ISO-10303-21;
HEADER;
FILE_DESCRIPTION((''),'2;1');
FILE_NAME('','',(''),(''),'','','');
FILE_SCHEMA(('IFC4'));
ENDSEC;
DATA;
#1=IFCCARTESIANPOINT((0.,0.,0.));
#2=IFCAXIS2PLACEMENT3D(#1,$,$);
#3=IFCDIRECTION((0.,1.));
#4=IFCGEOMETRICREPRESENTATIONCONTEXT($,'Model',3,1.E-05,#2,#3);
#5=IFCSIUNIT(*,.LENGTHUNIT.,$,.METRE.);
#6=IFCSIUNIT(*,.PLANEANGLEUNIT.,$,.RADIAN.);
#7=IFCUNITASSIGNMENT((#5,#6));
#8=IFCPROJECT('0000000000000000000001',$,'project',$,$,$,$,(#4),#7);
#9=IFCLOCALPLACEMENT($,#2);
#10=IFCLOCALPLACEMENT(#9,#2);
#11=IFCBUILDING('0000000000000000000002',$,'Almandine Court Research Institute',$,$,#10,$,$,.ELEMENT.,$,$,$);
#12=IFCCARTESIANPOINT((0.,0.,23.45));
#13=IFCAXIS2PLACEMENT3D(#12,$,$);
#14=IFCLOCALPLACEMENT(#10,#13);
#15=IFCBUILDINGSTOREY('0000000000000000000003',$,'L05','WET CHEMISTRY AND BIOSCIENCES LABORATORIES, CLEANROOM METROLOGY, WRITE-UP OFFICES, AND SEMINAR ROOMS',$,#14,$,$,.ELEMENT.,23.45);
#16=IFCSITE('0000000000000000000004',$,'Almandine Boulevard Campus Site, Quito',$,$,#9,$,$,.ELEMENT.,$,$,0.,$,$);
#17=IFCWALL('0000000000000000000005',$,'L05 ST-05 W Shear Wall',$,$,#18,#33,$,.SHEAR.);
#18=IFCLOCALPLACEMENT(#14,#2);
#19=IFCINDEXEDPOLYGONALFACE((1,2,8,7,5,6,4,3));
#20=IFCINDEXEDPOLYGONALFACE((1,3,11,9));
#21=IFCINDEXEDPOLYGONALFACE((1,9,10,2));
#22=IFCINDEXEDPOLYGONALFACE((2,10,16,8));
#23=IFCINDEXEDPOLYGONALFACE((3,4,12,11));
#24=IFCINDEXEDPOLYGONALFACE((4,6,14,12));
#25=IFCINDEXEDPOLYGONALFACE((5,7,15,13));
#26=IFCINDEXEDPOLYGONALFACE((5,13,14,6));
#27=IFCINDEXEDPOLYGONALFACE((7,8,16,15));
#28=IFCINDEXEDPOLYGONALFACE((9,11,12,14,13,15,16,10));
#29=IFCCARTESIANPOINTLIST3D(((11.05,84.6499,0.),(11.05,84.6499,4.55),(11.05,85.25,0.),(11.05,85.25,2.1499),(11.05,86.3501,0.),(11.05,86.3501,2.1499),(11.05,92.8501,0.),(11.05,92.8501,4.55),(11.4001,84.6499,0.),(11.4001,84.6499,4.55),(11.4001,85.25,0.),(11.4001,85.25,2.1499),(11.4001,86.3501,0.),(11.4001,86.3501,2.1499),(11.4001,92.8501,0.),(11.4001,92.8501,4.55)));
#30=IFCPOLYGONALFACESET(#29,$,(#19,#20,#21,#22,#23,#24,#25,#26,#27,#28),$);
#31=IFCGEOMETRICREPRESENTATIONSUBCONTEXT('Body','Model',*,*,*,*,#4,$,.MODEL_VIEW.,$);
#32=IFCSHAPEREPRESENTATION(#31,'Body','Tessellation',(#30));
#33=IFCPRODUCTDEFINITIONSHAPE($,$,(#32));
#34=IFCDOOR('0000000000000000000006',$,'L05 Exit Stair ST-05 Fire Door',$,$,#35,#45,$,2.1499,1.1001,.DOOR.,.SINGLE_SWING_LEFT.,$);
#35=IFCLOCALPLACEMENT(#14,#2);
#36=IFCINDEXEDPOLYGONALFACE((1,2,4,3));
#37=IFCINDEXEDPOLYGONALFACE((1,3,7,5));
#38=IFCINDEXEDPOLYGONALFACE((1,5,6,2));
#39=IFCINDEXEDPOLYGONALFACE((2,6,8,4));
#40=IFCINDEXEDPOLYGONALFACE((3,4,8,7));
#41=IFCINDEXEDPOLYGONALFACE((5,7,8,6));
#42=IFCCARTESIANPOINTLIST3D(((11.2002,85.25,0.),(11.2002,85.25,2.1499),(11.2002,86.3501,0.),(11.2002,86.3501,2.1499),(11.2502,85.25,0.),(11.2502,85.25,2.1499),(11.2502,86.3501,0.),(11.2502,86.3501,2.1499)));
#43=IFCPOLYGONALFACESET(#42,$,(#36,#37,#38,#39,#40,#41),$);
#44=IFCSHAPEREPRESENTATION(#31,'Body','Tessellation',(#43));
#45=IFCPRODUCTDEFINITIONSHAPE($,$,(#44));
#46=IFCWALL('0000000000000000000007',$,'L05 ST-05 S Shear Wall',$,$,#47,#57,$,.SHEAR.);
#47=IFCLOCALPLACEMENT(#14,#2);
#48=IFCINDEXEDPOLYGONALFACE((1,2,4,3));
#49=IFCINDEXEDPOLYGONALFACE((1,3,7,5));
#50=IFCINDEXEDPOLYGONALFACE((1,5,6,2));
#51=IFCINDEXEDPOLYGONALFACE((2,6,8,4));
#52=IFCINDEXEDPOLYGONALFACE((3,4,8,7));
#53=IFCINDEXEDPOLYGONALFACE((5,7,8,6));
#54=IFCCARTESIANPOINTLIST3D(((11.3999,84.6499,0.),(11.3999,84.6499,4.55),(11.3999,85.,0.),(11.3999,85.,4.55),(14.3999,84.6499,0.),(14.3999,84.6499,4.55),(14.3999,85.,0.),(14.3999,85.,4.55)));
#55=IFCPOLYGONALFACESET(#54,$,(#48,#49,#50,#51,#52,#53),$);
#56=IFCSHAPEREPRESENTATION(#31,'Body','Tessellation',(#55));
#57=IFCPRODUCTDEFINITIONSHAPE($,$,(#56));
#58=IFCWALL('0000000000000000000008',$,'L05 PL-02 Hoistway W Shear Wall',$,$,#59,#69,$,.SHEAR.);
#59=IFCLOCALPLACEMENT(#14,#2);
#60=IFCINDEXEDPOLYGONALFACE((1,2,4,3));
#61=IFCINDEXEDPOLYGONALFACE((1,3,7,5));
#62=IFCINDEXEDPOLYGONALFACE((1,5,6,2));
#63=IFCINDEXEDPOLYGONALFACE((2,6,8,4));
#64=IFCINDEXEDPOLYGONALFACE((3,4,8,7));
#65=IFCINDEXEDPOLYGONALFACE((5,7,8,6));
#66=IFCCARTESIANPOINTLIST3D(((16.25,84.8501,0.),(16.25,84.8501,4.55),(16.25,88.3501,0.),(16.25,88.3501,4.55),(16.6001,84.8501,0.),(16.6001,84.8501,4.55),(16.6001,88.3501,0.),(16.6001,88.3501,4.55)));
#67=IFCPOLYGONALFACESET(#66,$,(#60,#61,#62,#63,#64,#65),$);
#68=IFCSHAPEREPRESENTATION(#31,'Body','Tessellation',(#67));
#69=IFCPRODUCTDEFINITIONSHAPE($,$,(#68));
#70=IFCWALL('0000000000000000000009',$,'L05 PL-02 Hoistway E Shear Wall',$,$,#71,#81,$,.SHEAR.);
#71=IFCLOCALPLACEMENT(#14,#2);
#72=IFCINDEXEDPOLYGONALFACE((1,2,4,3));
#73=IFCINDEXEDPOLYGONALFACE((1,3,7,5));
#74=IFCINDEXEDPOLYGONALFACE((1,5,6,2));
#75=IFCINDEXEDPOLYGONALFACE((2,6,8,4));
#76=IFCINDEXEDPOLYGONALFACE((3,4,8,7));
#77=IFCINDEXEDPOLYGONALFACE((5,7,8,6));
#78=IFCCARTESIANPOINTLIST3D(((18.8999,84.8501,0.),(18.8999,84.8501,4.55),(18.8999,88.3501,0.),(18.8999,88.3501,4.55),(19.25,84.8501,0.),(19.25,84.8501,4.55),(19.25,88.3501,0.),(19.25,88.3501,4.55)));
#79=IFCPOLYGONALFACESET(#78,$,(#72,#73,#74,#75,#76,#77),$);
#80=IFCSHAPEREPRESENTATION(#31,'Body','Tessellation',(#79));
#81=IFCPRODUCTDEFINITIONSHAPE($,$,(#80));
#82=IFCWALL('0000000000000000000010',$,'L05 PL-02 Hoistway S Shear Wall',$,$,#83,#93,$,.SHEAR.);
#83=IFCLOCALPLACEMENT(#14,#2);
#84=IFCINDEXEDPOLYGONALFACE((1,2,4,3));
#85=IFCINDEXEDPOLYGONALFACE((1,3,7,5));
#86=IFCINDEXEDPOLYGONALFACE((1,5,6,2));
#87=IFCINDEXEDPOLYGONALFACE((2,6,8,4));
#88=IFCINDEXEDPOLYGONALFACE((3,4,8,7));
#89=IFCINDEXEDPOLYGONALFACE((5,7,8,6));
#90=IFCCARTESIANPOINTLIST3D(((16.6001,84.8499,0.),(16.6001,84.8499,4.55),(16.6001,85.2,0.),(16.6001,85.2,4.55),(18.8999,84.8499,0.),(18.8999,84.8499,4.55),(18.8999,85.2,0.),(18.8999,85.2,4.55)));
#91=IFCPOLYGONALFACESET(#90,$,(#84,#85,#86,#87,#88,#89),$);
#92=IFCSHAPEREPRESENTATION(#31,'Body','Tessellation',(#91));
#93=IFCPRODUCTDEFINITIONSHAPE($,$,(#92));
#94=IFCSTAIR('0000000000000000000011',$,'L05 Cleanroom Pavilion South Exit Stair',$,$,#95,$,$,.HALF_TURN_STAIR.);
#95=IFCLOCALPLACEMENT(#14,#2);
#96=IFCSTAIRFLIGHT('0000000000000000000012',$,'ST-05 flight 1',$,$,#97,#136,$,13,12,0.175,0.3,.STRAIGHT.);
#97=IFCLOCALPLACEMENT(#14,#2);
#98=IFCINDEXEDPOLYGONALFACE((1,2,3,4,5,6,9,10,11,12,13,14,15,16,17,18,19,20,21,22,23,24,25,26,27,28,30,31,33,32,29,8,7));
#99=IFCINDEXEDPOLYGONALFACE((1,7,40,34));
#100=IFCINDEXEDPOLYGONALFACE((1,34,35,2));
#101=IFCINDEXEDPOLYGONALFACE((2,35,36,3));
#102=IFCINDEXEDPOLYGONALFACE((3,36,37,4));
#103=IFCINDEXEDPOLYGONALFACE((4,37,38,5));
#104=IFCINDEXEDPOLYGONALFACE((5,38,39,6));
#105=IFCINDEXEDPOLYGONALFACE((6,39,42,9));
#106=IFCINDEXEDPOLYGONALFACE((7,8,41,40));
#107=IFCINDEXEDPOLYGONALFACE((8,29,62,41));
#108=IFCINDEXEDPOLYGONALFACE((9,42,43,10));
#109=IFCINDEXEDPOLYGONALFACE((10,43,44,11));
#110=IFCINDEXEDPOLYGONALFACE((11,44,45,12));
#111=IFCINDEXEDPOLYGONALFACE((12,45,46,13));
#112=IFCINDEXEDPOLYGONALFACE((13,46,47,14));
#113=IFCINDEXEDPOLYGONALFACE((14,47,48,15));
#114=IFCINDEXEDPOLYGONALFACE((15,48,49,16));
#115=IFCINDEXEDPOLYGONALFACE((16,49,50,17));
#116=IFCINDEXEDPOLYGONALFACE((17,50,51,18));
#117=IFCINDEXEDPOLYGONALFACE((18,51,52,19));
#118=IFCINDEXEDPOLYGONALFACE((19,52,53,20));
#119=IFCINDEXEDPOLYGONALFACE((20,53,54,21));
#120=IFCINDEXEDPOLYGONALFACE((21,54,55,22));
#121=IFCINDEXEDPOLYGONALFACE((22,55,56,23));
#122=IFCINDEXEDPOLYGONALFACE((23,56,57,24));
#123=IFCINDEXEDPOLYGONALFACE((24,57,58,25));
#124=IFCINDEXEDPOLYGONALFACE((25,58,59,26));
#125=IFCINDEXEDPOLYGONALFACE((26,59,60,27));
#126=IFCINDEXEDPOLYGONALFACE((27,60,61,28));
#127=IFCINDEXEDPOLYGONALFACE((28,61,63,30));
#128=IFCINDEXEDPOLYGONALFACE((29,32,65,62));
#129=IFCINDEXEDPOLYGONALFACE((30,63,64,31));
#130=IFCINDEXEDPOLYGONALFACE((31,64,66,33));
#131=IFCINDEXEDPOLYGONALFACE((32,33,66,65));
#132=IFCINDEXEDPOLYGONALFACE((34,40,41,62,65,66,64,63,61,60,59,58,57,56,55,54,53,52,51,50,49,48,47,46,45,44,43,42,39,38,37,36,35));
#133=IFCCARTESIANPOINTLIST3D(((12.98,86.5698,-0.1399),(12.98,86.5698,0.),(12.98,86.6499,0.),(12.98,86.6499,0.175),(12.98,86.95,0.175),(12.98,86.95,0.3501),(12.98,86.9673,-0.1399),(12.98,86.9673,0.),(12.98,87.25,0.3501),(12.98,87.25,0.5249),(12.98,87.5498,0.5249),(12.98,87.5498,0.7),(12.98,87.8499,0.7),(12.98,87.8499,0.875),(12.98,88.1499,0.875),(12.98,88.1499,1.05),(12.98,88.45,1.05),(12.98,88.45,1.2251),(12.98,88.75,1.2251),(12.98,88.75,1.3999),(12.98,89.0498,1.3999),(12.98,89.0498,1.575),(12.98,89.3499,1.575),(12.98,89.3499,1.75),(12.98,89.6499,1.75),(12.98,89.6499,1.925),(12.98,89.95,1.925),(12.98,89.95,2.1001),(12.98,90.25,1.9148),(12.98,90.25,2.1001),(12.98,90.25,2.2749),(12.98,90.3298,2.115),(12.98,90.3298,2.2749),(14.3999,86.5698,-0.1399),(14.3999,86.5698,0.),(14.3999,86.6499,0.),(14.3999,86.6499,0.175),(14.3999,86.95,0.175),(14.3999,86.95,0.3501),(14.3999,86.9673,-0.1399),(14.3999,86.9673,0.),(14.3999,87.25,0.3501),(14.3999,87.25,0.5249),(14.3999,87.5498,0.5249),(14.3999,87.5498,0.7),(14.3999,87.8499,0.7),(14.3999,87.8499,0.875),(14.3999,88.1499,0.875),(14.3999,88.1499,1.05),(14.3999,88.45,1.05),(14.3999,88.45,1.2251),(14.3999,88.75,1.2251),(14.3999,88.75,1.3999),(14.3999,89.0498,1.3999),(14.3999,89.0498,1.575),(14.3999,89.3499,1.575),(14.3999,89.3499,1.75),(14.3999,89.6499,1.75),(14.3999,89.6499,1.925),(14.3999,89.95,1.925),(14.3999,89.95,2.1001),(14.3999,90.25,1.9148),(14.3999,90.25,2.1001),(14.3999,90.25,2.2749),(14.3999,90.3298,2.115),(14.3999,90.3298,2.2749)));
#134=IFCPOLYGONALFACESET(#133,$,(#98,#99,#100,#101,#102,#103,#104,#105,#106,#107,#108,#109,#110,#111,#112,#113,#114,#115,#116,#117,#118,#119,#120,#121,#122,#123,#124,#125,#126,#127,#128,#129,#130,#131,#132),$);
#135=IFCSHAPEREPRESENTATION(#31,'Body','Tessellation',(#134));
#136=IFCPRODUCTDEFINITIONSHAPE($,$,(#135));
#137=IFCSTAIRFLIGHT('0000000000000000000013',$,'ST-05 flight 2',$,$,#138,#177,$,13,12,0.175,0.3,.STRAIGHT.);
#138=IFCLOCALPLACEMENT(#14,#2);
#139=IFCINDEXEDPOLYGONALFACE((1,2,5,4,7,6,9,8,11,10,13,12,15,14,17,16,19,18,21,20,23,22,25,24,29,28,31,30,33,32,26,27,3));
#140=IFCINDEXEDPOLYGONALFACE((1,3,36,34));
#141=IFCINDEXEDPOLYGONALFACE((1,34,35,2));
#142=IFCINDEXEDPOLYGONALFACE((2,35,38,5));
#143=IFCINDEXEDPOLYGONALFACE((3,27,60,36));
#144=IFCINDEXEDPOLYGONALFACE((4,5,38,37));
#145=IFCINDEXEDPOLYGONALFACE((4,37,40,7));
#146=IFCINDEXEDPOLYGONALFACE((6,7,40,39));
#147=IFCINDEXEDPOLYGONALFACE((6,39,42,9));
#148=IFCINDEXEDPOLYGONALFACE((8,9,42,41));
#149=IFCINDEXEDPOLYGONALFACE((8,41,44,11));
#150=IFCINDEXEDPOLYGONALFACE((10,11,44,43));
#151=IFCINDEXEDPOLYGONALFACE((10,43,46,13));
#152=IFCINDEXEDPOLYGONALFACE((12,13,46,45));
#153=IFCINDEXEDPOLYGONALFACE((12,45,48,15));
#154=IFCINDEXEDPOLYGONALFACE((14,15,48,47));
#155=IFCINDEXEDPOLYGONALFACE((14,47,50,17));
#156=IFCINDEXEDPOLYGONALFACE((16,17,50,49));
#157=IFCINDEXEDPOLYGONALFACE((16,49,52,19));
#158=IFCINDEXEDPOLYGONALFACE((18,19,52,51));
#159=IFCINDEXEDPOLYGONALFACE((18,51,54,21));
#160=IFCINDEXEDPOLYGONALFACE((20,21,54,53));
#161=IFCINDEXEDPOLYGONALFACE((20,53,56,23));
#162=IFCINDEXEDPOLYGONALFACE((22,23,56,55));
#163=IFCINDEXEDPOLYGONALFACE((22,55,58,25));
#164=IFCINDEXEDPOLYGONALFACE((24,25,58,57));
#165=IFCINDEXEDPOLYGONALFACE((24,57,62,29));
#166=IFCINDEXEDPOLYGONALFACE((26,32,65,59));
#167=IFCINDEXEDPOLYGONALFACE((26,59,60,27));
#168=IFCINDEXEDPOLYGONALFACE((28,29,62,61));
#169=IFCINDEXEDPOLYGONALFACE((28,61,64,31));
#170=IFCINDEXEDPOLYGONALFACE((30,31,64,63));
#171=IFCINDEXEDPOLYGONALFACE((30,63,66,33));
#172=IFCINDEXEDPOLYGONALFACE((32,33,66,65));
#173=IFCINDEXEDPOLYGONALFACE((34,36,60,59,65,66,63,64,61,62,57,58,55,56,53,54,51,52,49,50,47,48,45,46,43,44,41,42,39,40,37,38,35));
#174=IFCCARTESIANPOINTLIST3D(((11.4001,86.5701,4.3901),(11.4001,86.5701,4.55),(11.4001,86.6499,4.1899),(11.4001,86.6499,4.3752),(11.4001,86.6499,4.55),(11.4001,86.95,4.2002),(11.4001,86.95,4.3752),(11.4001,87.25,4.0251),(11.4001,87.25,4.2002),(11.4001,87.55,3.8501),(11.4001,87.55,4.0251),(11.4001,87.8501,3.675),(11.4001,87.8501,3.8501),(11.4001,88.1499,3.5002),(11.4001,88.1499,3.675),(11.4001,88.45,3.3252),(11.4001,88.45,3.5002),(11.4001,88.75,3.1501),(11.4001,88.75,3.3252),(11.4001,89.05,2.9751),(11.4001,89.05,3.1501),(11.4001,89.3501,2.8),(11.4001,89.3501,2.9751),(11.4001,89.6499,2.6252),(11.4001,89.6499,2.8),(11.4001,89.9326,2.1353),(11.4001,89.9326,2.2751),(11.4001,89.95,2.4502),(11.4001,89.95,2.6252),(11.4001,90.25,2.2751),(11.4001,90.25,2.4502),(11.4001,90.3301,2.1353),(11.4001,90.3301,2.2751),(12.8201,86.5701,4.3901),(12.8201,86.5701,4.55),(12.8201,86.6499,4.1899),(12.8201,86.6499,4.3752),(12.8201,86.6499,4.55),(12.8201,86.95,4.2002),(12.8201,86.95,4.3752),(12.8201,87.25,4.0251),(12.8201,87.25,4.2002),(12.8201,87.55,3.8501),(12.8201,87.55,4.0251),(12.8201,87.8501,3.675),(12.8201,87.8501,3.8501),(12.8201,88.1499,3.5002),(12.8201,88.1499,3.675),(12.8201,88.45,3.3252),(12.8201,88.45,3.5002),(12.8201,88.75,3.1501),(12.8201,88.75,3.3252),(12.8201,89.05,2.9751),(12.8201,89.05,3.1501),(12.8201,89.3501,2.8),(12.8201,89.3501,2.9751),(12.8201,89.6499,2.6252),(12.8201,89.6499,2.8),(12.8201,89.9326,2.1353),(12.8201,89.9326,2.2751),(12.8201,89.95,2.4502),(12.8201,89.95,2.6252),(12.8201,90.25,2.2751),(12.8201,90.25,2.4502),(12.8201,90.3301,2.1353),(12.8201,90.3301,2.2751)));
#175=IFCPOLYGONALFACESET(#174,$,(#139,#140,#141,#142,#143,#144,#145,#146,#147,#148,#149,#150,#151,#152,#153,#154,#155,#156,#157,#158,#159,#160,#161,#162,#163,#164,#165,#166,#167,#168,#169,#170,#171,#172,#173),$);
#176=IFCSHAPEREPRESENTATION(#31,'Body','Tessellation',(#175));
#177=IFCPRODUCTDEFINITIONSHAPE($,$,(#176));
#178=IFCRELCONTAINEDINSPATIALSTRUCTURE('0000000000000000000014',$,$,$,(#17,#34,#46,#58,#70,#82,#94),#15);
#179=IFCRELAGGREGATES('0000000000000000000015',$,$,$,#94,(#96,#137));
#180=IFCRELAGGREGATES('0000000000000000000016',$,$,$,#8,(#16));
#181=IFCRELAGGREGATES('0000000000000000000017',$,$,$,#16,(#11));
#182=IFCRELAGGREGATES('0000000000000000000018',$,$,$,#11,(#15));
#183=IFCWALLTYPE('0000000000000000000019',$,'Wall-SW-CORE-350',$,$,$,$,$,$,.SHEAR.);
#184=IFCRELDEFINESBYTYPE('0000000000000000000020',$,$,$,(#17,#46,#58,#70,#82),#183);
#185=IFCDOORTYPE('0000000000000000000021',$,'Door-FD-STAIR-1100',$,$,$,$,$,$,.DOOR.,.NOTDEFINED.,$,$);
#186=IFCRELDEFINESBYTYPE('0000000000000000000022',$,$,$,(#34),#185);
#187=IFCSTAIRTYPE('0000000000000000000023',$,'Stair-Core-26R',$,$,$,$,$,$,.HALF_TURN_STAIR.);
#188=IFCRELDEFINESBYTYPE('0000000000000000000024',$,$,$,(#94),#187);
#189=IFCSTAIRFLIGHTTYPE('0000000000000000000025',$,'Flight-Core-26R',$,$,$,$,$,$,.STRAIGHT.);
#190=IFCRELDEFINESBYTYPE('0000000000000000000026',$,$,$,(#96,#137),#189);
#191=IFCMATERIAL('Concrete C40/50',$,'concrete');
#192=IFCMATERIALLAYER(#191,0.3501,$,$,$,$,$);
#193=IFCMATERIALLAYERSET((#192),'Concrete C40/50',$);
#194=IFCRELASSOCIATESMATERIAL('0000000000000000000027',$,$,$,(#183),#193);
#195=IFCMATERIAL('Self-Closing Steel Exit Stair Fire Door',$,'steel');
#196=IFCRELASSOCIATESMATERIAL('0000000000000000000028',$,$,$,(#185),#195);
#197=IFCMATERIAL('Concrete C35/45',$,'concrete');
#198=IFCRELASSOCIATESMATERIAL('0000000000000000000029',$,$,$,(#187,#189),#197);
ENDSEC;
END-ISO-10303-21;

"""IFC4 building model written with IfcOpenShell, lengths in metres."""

from ifc_helpers import new_model, si_unit, direction, frame, frame_2d, origin, place, context, subcontext, project, spatial, polyline, rectangle, outline, extrude, material, layer, layer_set, type_object, element, fill, aggregate, save


model = new_model("IFC4")

# Units and contexts
model_context = context("Model", 3, precision=1e-05, world=origin(), true_north=direction((0.0, 1.0)))
body_context = subcontext(model_context, "Body", "Model", "MODEL_VIEW")
ifc_project = project(units=[si_unit("LENGTHUNIT", "METRE"), si_unit("PLANEANGLEUNIT", "RADIAN")], contexts=[model_context])

# Site, building, storey
site_placement = place(None, origin())
site = spatial("IfcSite", under=ifc_project, at=site_placement, Name="Almandine Boulevard Campus Site, Quito", CompositionType="ELEMENT", RefElevation=0.0)
building_placement = place(site_placement, origin())
building = spatial("IfcBuilding", under=site, at=building_placement, Name="Almandine Court Research Institute", CompositionType="ELEMENT")
storey_placement = place(building_placement, frame((0.0, 0.0, 23.45)))
storey = spatial("IfcBuildingStorey", under=building, at=storey_placement, Name="L05", Description="WET CHEMISTRY AND BIOSCIENCES LABORATORIES, CLEANROOM METROLOGY, WRITE-UP OFFICES, AND SEMINAR ROOMS", CompositionType="ELEMENT", Elevation=23.45)

# Wall, opening, door
ifc_material_1 = material(Name="Concrete C40/50", Category="concrete")
ifc_layer_1 = layer(ifc_material_1, 0.3501)
ifc_layer_set_1 = layer_set([ifc_layer_1], Name="Concrete C40/50")
wall_type_1 = type_object("IfcWallType", Name="Wall-SW-CORE-350", PredefinedType="SHEAR", material=ifc_layer_set_1)
wall_1_placement = place(storey_placement, frame((11.2251, 84.6499, 0.0), z_axis=(0.0, 0.0, 1.0), x_axis=(0.0, 1.0, 0.0)))
wall_1 = element("IfcWall", 1, at=wall_1_placement, inside=storey, type_object=wall_type_1, Name="L05 ST-05 W Shear Wall", PredefinedType="SHEAR", context=body_context, shape_type="SweptSolid", body=[
    extrude(rectangle(XDim=8.2002, YDim=0.3501, at=frame_2d((4.1001, 0.0))), origin(), (0.0, 0.0, 1.0), 4.55),
])
opening_1_placement = place(wall_1_placement, frame((0.6001, 0.0, 0.0)))
opening_1 = element("IfcOpeningElement", 2, at=opening_1_placement, cuts=wall_1, PredefinedType="OPENING", context=body_context, shape_type="SweptSolid", body=[
    extrude(rectangle(XDim=1.1001, YDim=2.1499, at=frame_2d((0.55, 1.075))), frame((0.0, 0.1851, 0.0), z_axis=(0.0, -1.0, 0.0), x_axis=(1.0, 0.0, 0.0)), (0.0, 0.0, 1.0), 0.3701),
])
ifc_material_2 = material(Name="Self-Closing Steel Exit Stair Fire Door", Category="steel")
door_type_1 = type_object("IfcDoorType", Name="Door-FD-STAIR-1100", OperationType="NOTDEFINED", PredefinedType="DOOR", material=ifc_material_2)
door_1_placement = place(opening_1_placement, origin())
door_1 = element("IfcDoor", 3, at=door_1_placement, inside=storey, type_object=door_type_1, Name="L05 Exit Stair ST-05 Fire Door", OperationType="SINGLE_SWING_LEFT", OverallHeight=2.1499, OverallWidth=1.1001, PredefinedType="DOOR", context=body_context, shape_type="SweptSolid", body=[
    extrude(rectangle(XDim=1.1001, YDim=2.1499, at=frame_2d((0.55, 1.075))), frame((0.0, 0.0249, 0.0), z_axis=(0.0, -1.0, 0.0), x_axis=(1.0, 0.0, 0.0)), (0.0, 0.0, 1.0), 0.05),
])
fill(opening_1, door_1)

# Walls
wall_2_placement = place(storey_placement, frame((14.3999, 84.825, 0.0), z_axis=(0.0, 0.0, 1.0), x_axis=(-1.0, 0.0, 0.0)))
element("IfcWall", 4, at=wall_2_placement, inside=storey, type_object=wall_type_1, Name="L05 ST-05 S Shear Wall", PredefinedType="SHEAR", context=body_context, shape_type="SweptSolid", body=[
    extrude(rectangle(XDim=3.0, YDim=0.3501, at=frame_2d((1.5, 0.0))), origin(), (0.0, 0.0, 1.0), 4.55),
])
wall_3_placement = place(storey_placement, frame((16.425, 84.8501, 0.0), z_axis=(0.0, 0.0, 1.0), x_axis=(0.0, 1.0, 0.0)))
element("IfcWall", 5, at=wall_3_placement, inside=storey, type_object=wall_type_1, Name="L05 PL-02 Hoistway W Shear Wall", PredefinedType="SHEAR", context=body_context, shape_type="SweptSolid", body=[
    extrude(rectangle(XDim=3.5, YDim=0.3501, at=frame_2d((1.75, 0.0))), origin(), (0.0, 0.0, 1.0), 4.55),
])

# Walls
wall_4_placement = place(storey_placement, frame((19.075, 88.3501, 0.0), z_axis=(0.0, 0.0, 1.0), x_axis=(0.0, -1.0, 0.0)))
element("IfcWall", 6, at=wall_4_placement, inside=storey, type_object=wall_type_1, Name="L05 PL-02 Hoistway E Shear Wall", PredefinedType="SHEAR", context=body_context, shape_type="SweptSolid", body=[
    extrude(rectangle(XDim=3.5, YDim=0.3501, at=frame_2d((1.75, 0.0))), origin(), (0.0, 0.0, 1.0), 4.55),
])
wall_5_placement = place(storey_placement, frame((18.8999, 85.0249, 0.0), z_axis=(0.0, 0.0, 1.0), x_axis=(-1.0, 0.0, 0.0)))
element("IfcWall", 7, at=wall_5_placement, inside=storey, type_object=wall_type_1, Name="L05 PL-02 Hoistway S Shear Wall", PredefinedType="SHEAR", context=body_context, shape_type="SweptSolid", body=[
    extrude(rectangle(XDim=2.2998, YDim=0.3501, at=frame_2d((1.1499, 0.0))), origin(), (0.0, 0.0, 1.0), 4.55),
])

# Stair, stair flights
ifc_material_3 = material(Name="Concrete C35/45", Category="concrete")
stair_type = type_object("IfcStairType", Name="Stair-Core-26R", PredefinedType="HALF_TURN_STAIR", material=ifc_material_3)
stair_placement = place(storey_placement, origin())
stair = element("IfcStair", 8, at=stair_placement, inside=storey, type_object=stair_type, Name="L05 Cleanroom Pavilion South Exit Stair", PredefinedType="HALF_TURN_STAIR")
stair_flight_type = type_object("IfcStairFlightType", Name="Flight-Core-26R", PredefinedType="STRAIGHT", material=ifc_material_3)
stair_flight_1_placement = place(storey_placement, frame((13.6899, 86.6499, 0.0), z_axis=(0.0, 0.0, 1.0), x_axis=(0.0, 1.0, 0.0)))
stair_flight_1 = element("IfcStairFlight", 9, at=stair_flight_1_placement, type_object=stair_flight_type, Name="ST-05 flight 1", NumberOfRisers=13, NumberOfTreads=12, PredefinedType="STRAIGHT", RiserHeight=0.175, TreadLength=0.3, context=body_context, shape_type="SweptSolid", body=[
    extrude(outline(polyline([(-0.0801, -0.1399), (-0.0801, 0.0), (0.0, 0.0), (0.0, 0.175), (0.3, 0.175), (0.3, 0.3501), (0.6001, 0.3501), (0.6001, 0.5249), (0.8999, 0.5249), (0.8999, 0.7), (1.2, 0.7), (1.2, 0.875), (1.5, 0.875), (1.5, 1.05), (1.8, 1.05), (1.8, 1.2251), (2.1001, 1.2251), (2.1001, 1.3999), (2.3999, 1.3999), (2.3999, 1.575), (2.7, 1.575), (2.7, 1.75), (3.0, 1.75), (3.0, 1.925), (3.3, 1.925), (3.3, 2.1001), (3.6001, 2.1001), (3.6001, 2.2749), (3.6799, 2.2749), (3.6799, 2.115), (3.6001, 1.9148), (0.3174, 0.0), (0.3174, -0.1399), (-0.0801, -0.1399)])), frame((0.0, 0.71, 0.0), z_axis=(0.0, -1.0, 0.0), x_axis=(1.0, 0.0, 0.0)), (0.0, 0.0, 1.0), 1.4199),
])
stair_flight_2_placement = place(storey_placement, frame((12.1101, 90.25, 2.2751), z_axis=(0.0, 0.0, 1.0), x_axis=(0.0, -1.0, 0.0)))
stair_flight_2 = element("IfcStairFlight", 10, at=stair_flight_2_placement, type_object=stair_flight_type, Name="ST-05 flight 2", NumberOfRisers=13, NumberOfTreads=12, PredefinedType="STRAIGHT", RiserHeight=0.175, TreadLength=0.3, context=body_context, shape_type="SweptSolid", body=[
    extrude(outline(polyline([(-0.0801, -0.1399), (-0.0801, 0.0), (0.0, 0.0), (0.0, 0.175), (0.3, 0.175), (0.3, 0.3501), (0.6001, 0.3501), (0.6001, 0.5249), (0.8999, 0.5249), (0.8999, 0.7), (1.2, 0.7), (1.2, 0.875), (1.5, 0.875), (1.5, 1.05), (1.8, 1.05), (1.8, 1.2251), (2.1001, 1.2251), (2.1001, 1.3999), (2.3999, 1.3999), (2.3999, 1.575), (2.7, 1.575), (2.7, 1.75), (3.0, 1.75), (3.0, 1.925), (3.3, 1.925), (3.3, 2.1001), (3.6001, 2.1001), (3.6001, 2.2749), (3.6799, 2.2749), (3.6799, 2.115), (3.6001, 1.9148), (0.3174, 0.0), (0.3174, -0.1399), (-0.0801, -0.1399)])), frame((0.0, 0.71, 0.0), z_axis=(0.0, -1.0, 0.0), x_axis=(1.0, 0.0, 0.0)), (0.0, 0.0, 1.0), 1.4199),
])
aggregate(stair, [stair_flight_1, stair_flight_2])

save(model, "model.ifc")
